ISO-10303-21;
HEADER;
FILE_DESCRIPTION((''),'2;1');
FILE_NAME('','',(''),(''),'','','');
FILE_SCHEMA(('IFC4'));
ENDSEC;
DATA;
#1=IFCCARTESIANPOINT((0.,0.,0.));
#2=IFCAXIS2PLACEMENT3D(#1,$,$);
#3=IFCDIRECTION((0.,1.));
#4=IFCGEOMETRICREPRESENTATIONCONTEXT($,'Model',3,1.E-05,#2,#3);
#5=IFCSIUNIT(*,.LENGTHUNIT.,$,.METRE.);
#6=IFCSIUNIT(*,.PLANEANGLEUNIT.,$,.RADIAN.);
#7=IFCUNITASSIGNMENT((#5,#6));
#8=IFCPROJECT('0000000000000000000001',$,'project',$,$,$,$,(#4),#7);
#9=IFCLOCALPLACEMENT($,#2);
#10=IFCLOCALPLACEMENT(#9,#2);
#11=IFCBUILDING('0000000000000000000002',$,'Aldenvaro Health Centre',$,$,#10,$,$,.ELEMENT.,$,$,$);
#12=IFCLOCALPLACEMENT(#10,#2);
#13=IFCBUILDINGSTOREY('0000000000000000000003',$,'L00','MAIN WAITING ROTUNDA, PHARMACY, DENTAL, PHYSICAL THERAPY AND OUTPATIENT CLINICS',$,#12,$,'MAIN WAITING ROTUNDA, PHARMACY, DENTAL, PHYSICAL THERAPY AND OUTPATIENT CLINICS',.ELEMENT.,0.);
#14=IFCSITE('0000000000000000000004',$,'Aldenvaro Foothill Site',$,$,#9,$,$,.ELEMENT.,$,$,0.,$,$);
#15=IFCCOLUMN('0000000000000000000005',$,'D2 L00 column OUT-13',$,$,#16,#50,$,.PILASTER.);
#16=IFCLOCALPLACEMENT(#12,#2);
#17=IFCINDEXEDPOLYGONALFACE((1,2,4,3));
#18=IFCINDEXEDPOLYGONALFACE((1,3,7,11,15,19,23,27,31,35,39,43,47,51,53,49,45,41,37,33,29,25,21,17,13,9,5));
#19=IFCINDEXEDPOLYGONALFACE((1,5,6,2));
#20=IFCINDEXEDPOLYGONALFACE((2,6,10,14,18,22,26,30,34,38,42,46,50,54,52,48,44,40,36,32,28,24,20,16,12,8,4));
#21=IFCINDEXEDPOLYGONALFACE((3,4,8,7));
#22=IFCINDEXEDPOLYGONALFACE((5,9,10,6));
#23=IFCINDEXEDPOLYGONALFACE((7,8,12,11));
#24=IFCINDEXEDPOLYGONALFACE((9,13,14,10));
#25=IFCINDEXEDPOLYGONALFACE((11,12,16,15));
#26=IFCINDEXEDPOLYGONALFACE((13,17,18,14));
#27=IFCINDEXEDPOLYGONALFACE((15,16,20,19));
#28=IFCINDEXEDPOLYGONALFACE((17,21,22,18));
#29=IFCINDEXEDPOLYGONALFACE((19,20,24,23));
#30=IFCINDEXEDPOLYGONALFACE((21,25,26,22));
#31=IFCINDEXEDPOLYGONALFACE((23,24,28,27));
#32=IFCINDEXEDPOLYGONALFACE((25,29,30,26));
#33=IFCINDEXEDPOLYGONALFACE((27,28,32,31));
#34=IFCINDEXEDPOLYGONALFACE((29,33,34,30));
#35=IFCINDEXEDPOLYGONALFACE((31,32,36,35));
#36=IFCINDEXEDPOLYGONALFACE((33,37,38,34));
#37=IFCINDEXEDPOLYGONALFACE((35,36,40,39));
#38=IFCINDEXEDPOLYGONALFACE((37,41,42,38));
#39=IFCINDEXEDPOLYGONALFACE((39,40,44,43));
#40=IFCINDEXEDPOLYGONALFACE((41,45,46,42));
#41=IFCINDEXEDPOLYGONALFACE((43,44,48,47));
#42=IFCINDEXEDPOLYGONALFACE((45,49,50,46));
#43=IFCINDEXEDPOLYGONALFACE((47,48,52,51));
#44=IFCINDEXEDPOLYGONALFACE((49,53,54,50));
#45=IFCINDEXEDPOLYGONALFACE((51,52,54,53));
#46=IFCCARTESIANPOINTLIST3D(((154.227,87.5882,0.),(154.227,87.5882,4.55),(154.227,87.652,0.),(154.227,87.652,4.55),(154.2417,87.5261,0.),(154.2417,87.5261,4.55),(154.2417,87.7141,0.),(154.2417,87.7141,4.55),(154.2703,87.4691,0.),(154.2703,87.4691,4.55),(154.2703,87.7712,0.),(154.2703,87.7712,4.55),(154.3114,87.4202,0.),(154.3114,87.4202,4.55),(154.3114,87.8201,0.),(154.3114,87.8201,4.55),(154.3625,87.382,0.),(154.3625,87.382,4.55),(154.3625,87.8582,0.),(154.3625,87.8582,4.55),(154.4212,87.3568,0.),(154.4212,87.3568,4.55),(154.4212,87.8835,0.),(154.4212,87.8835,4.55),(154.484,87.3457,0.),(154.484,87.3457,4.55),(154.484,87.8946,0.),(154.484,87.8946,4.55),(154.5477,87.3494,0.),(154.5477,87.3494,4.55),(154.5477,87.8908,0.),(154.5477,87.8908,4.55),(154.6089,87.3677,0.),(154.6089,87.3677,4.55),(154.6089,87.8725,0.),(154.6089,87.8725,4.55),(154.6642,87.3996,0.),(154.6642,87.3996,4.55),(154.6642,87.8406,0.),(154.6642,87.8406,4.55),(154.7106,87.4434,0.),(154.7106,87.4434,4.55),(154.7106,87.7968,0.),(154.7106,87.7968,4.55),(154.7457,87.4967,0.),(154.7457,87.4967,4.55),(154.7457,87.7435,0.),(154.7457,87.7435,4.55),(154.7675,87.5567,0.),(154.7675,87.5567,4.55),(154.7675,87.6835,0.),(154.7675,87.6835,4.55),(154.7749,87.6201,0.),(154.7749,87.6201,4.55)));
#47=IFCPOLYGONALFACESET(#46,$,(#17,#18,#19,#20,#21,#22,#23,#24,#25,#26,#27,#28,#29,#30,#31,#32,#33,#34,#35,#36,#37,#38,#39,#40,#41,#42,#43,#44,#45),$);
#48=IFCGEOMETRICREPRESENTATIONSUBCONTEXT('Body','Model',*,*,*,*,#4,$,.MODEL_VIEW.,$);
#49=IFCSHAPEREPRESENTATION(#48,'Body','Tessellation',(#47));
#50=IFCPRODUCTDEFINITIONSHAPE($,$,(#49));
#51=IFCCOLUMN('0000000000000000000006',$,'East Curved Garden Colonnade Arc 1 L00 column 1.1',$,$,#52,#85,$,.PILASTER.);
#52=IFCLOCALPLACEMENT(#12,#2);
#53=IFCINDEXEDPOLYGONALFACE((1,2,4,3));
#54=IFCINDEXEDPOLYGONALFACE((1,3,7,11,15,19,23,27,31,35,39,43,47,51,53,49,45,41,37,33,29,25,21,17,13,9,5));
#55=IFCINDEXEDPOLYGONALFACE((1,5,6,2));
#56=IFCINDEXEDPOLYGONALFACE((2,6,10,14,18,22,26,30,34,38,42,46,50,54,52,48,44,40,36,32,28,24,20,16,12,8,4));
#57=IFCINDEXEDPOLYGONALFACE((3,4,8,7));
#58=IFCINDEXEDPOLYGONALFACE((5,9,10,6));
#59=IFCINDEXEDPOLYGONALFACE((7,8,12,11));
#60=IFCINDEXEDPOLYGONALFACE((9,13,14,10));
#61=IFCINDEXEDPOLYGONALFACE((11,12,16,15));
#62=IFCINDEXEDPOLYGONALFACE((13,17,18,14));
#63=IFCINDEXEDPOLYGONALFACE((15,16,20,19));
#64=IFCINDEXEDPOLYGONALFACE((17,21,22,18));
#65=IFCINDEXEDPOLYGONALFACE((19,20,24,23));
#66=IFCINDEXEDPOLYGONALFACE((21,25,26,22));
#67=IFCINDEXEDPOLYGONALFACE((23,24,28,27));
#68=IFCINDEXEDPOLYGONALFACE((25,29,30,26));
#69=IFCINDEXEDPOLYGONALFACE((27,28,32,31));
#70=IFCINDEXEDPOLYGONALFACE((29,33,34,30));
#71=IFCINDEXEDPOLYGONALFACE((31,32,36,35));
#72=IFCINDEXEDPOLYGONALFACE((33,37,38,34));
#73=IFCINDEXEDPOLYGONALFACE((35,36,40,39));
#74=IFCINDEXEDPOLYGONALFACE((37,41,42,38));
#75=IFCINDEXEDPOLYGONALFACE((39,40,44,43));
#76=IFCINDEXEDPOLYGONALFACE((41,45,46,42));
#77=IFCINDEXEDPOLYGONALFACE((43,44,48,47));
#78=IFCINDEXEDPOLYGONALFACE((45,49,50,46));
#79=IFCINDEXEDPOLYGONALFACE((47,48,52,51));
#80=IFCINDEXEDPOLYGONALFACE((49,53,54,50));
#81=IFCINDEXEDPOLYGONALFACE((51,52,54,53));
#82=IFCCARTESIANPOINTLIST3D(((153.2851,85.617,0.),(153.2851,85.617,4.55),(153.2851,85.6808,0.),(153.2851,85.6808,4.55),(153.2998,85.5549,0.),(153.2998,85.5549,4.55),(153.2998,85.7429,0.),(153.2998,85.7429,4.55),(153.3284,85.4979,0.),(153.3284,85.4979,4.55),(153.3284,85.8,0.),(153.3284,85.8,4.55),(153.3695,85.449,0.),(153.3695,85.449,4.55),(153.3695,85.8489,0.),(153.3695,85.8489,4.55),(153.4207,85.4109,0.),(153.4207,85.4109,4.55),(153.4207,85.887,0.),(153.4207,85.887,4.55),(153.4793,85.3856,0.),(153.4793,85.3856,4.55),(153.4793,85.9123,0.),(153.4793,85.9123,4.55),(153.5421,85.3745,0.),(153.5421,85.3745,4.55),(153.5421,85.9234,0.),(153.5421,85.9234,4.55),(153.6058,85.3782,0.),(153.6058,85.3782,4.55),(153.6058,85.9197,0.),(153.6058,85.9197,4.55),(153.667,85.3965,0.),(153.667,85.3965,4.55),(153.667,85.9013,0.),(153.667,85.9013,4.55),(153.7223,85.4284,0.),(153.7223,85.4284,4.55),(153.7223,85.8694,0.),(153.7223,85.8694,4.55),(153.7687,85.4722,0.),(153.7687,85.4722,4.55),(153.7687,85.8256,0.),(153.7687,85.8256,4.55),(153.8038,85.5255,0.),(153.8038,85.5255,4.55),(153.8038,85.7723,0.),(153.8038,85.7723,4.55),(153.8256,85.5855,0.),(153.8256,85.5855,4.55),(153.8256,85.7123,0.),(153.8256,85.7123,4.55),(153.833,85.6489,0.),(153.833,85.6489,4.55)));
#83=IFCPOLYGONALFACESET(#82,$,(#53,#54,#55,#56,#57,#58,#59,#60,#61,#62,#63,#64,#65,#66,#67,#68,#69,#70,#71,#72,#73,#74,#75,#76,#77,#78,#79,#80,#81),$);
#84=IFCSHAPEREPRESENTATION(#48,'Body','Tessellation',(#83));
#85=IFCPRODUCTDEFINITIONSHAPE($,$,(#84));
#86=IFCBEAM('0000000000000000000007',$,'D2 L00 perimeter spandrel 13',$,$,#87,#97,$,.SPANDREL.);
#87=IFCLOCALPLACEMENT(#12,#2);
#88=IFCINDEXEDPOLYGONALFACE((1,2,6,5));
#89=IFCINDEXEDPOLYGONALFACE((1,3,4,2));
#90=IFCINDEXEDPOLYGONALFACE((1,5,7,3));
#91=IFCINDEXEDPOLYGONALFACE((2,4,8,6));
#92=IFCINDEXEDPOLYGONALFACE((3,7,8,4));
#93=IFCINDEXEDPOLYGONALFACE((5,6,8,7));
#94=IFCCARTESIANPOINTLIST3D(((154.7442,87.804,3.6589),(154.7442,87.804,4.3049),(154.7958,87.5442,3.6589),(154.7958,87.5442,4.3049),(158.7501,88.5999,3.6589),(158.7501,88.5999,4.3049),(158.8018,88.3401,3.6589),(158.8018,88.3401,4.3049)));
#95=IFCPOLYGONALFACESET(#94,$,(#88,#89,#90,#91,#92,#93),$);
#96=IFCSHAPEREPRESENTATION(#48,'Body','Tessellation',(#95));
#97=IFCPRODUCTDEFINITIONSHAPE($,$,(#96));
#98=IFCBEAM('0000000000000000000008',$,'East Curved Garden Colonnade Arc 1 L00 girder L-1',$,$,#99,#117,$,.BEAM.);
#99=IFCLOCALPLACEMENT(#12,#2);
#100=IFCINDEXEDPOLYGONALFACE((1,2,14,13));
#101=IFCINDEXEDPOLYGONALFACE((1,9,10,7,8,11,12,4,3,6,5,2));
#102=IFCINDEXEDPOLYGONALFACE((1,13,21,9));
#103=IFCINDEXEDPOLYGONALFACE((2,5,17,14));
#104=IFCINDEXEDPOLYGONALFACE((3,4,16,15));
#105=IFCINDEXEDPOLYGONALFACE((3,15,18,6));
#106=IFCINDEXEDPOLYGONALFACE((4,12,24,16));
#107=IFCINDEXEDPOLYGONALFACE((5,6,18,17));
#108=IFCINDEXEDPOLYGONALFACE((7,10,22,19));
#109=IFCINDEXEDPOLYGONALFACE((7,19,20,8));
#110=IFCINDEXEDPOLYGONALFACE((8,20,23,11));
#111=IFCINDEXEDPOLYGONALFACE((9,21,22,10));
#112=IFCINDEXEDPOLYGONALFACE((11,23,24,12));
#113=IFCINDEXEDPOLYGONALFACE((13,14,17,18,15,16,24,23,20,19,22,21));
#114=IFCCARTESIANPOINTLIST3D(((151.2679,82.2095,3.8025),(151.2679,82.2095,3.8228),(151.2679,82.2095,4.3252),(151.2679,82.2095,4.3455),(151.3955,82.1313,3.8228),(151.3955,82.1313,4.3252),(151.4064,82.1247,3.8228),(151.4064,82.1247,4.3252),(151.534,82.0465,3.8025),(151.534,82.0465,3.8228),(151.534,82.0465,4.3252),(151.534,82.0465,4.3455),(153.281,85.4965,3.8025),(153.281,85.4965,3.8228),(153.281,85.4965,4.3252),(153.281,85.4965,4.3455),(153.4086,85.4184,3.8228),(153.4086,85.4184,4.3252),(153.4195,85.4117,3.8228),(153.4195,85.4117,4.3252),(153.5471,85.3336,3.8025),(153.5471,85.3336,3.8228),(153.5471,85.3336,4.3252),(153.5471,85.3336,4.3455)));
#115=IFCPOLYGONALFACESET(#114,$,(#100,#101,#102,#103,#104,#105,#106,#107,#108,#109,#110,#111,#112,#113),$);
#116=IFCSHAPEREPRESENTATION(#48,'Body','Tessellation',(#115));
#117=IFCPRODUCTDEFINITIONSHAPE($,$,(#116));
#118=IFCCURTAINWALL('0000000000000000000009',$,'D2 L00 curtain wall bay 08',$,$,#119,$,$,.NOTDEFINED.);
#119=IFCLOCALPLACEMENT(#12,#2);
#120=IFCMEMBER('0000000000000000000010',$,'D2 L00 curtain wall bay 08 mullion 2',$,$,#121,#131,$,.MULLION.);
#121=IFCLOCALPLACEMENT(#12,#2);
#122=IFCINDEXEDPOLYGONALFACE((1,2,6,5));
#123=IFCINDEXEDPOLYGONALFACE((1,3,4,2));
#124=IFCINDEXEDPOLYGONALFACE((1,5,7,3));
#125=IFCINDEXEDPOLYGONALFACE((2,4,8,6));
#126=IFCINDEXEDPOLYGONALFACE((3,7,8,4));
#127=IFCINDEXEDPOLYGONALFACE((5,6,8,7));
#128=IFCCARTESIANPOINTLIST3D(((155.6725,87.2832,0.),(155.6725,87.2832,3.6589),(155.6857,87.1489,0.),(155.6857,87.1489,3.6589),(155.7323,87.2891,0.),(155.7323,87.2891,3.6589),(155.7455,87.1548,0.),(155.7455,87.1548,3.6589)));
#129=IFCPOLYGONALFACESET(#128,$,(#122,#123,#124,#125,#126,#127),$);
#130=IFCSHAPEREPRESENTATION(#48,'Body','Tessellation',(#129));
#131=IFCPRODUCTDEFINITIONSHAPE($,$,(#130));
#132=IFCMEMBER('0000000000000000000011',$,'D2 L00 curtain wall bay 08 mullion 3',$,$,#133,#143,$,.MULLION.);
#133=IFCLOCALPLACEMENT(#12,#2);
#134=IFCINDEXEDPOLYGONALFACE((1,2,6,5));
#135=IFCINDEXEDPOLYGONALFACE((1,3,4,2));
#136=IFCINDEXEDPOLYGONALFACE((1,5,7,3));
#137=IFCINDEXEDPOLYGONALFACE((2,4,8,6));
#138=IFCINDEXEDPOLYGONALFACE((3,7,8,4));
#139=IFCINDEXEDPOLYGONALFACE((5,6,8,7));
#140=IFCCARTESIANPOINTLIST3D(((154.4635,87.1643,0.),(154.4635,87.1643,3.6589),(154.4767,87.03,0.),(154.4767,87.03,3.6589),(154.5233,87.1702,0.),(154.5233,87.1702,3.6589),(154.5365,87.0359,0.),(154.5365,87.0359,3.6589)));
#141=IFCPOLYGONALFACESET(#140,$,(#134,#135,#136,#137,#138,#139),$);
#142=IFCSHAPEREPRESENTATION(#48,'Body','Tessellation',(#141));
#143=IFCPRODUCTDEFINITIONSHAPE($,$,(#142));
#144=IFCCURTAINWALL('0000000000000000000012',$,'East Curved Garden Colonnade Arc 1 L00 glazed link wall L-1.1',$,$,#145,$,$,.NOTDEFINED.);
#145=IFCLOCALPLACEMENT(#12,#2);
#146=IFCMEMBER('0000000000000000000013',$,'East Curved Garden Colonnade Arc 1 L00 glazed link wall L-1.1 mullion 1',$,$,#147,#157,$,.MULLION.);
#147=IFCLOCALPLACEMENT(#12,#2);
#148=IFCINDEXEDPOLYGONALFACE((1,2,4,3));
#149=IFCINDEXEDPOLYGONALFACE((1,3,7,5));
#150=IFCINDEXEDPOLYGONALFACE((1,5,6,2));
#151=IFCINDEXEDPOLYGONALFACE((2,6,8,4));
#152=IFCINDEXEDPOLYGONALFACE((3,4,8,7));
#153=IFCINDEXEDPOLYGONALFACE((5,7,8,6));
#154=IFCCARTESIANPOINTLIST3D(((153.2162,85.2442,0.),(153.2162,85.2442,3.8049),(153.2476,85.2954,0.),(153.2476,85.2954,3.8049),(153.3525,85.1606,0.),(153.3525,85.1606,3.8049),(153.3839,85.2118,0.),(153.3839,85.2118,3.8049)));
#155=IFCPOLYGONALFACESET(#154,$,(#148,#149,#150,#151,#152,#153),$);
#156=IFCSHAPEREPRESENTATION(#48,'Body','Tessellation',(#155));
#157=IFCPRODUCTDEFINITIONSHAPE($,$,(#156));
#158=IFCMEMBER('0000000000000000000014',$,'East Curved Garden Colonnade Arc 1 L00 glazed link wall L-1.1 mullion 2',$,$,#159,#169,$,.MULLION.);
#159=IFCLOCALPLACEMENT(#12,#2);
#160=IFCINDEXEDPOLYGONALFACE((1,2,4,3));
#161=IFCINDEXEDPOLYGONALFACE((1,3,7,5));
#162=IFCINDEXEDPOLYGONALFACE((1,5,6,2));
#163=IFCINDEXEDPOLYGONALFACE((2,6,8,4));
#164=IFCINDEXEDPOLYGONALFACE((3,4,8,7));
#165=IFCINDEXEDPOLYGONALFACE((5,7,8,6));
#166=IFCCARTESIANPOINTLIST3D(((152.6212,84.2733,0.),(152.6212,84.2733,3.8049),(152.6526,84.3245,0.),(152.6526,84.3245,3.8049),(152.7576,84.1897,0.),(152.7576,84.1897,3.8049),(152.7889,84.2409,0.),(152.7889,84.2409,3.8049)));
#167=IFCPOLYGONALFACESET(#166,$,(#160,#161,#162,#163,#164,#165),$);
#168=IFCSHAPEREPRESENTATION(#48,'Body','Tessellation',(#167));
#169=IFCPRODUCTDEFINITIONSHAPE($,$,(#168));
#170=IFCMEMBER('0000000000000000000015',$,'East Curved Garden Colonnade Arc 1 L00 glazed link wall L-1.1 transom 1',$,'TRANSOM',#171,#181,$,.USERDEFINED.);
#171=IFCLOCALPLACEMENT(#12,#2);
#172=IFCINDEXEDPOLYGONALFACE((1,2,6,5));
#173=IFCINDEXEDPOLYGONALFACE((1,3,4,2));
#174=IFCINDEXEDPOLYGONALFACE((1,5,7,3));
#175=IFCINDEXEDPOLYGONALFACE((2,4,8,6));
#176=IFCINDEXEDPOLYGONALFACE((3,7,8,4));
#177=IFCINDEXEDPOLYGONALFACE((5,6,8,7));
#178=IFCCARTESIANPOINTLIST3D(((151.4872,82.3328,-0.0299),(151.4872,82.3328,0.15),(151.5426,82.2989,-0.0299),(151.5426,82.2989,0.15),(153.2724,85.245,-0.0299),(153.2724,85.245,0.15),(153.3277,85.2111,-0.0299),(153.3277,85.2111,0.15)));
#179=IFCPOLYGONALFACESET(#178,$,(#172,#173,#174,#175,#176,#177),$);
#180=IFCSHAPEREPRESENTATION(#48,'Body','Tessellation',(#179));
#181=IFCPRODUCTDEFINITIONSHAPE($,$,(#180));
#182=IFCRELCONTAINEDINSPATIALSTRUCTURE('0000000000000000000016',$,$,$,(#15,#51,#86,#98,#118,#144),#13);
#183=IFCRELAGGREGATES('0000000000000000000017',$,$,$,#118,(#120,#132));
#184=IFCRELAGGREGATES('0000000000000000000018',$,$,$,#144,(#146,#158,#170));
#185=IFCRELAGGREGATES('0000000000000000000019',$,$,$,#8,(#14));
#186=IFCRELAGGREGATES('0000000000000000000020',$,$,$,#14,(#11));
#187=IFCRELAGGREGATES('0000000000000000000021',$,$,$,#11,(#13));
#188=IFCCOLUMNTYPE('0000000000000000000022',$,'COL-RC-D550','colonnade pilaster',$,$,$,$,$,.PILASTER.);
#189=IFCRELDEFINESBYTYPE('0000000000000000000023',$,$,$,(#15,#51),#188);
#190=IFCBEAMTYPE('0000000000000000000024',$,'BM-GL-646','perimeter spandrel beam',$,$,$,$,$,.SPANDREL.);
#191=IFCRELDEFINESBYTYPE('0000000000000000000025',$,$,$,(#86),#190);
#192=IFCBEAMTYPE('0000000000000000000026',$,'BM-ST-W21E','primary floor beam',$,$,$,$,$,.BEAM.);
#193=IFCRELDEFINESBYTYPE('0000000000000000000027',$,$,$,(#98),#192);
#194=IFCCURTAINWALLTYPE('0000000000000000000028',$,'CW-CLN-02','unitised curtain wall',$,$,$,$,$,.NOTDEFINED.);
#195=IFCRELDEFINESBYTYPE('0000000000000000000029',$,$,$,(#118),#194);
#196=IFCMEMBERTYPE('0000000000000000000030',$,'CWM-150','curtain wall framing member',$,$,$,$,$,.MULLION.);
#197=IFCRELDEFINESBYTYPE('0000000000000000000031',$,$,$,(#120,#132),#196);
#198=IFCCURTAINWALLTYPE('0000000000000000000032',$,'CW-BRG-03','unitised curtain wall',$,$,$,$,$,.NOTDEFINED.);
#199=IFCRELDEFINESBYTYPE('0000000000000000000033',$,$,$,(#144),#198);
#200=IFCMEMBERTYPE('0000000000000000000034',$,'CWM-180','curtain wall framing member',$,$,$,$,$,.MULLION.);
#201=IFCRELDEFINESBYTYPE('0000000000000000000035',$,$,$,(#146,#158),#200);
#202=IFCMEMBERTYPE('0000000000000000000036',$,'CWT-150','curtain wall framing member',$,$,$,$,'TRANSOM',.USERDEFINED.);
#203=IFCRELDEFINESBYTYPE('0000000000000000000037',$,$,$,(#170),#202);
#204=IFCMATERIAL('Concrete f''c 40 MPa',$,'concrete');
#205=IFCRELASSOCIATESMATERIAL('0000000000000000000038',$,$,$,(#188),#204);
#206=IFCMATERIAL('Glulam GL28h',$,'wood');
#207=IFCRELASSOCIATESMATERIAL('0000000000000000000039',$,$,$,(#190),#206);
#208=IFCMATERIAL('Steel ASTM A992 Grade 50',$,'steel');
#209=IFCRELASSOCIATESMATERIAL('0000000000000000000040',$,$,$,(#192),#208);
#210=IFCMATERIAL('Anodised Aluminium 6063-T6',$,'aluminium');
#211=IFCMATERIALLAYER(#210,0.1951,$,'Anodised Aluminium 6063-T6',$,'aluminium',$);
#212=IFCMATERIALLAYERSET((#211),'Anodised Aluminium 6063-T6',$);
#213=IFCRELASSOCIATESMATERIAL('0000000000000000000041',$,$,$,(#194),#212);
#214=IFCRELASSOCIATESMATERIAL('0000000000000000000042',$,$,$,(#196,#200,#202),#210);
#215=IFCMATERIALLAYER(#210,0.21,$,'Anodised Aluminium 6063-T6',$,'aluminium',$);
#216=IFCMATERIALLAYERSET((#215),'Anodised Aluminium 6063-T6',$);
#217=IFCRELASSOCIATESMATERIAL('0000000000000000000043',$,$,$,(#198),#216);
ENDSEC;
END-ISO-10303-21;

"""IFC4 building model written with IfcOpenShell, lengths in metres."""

from ifc_helpers import new_model, si_unit, direction, frame, origin, origin_2d, place, context, subcontext, project, spatial, rectangle, circle, i_section, extrude, material, layer, layer_set, material_profile, profile_set, type_object, element, aggregate, save


model = new_model("IFC4")

# Units and contexts
model_context = context("Model", 3, precision=1e-05, world=origin(), true_north=direction((0.0, 1.0)))
body_context = subcontext(model_context, "Body", "Model", "MODEL_VIEW")
ifc_project = project(units=[si_unit("LENGTHUNIT", "METRE"), si_unit("PLANEANGLEUNIT", "RADIAN")], contexts=[model_context])

# Site, building, storey
site_placement = place(None, origin())
site = spatial("IfcSite", under=ifc_project, at=site_placement, Name="Aldenvaro Foothill Site", CompositionType="ELEMENT", RefElevation=0.0)
building_placement = place(site_placement, origin())
building = spatial("IfcBuilding", under=site, at=building_placement, Name="Aldenvaro Health Centre", CompositionType="ELEMENT")
storey_placement = place(building_placement, origin())
storey = spatial("IfcBuildingStorey", under=building, at=storey_placement, Name="L00", Description="MAIN WAITING ROTUNDA, PHARMACY, DENTAL, PHYSICAL THERAPY AND OUTPATIENT CLINICS", LongName="MAIN WAITING ROTUNDA, PHARMACY, DENTAL, PHYSICAL THERAPY AND OUTPATIENT CLINICS", CompositionType="ELEMENT", Elevation=0.0)

# Columns
ifc_material_1 = material(Name="Concrete f'c 40 MPa", Category="concrete")
ifc_material_profile_1 = material_profile(ifc_material_1, circle(Radius=0.2749, at=origin_2d()), Name="RC D550", Category="concrete")
ifc_profile_set_1 = profile_set([ifc_material_profile_1], Name="Concrete f'c 40 MPa")
column_type = type_object("IfcColumnType", Name="COL-RC-D550", Description="colonnade pilaster", PredefinedType="PILASTER", material=ifc_profile_set_1)
for number, where, z_axis, x_axis, name in (
    (1, (154.5, 87.6201, 0.0), (0.0, 0.0, 1.0), (1.0, 0.0, 0.0), "D2 L00 column OUT-13"),
    (2, (153.5581, 85.6489, 0.0), (0.0, 0.0, 1.0), (1.0, 0.0, 0.0), "East Curved Garden Colonnade Arc 1 L00 column 1.1"),
):
    element("IfcColumn", number, at=place(storey_placement, frame(where, z_axis=z_axis, x_axis=x_axis)), inside=storey, type_object=column_type, Name=name, PredefinedType="PILASTER", context=body_context, shape_type="SweptSolid", body=[
        extrude(circle(Radius=0.2749, at=origin_2d()), origin(), (0.0, 0.0, 1.0), 4.55),
    ])

# Beams
ifc_material_2 = material(Name="Glulam GL28h", Category="wood")
ifc_material_profile_2 = material_profile(ifc_material_2, rectangle(XDim=0.2649, YDim=0.646, at=origin_2d()), Name="GL 265x646", Category="wood")
ifc_profile_set_2 = profile_set([ifc_material_profile_2], Name="Glulam GL28h")
beam_type_1 = type_object("IfcBeamType", Name="BM-GL-646", Description="perimeter spandrel beam", PredefinedType="SPANDREL", material=ifc_profile_set_2)
beam_1_placement = place(storey_placement, frame((154.77, 87.6741, 3.9819), z_axis=(0.980828, 0.194874, 0.0), x_axis=(-0.194874, 0.980828, 0.0)))
element("IfcBeam", 3, at=beam_1_placement, inside=storey, type_object=beam_type_1, Name="D2 L00 perimeter spandrel 13", PredefinedType="SPANDREL", context=body_context, shape_type="SweptSolid", body=[
    extrude(rectangle(XDim=0.2649, YDim=0.646, at=origin_2d()), origin(), (0.0, 0.0, 1.0), 4.0842),
])
ifc_material_3 = material(Name="Steel ASTM A992 Grade 50", Category="steel")
ifc_material_profile_3 = material_profile(ifc_material_3, i_section(OverallWidth=0.312, OverallDepth=0.543, WebThickness=0.0127, FlangeThickness=0.0203, at=origin_2d()), Name="W21X101", Category="steel")
ifc_profile_set_3 = profile_set([ifc_material_profile_3], Name="Steel ASTM A992 Grade 50")
beam_type_2 = type_object("IfcBeamType", Name="BM-ST-W21E", Description="primary floor beam", PredefinedType="BEAM", material=ifc_profile_set_3)
beam_2_placement = place(storey_placement, frame((153.4141, 85.415, 4.074), z_axis=(-0.52228, -0.852774, 0.0), x_axis=(0.852774, -0.52228, 0.0)))
element("IfcBeam", 4, at=beam_2_placement, inside=storey, type_object=beam_type_2, Name="East Curved Garden Colonnade Arc 1 L00 girder L-1", PredefinedType="BEAM", context=body_context, shape_type="SweptSolid", body=[
    extrude(i_section(OverallWidth=0.312, OverallDepth=0.543, WebThickness=0.0127, FlangeThickness=0.0203, at=origin_2d()), origin(), (0.0, 0.0, 1.0), 3.8545),
])

# Curtain walls, members
ifc_material_4 = material(Name="Anodised Aluminium 6063-T6", Category="aluminium")
ifc_layer_1 = layer(ifc_material_4, 0.1951, Name="Anodised Aluminium 6063-T6", Category="aluminium")
ifc_layer_set_1 = layer_set([ifc_layer_1], Name="Anodised Aluminium 6063-T6")
curtain_wall_type_1 = type_object("IfcCurtainWallType", Name="CW-CLN-02", Description="unitised curtain wall", PredefinedType="NOTDEFINED", material=ifc_layer_set_1)
curtain_wall_1_placement = place(storey_placement, origin())
curtain_wall_1 = element("IfcCurtainWall", 5, at=curtain_wall_1_placement, inside=storey, type_object=curtain_wall_type_1, Name="D2 L00 curtain wall bay 08", PredefinedType="NOTDEFINED")
ifc_material_profile_4 = material_profile(ifc_material_4, rectangle(XDim=0.0601, YDim=0.135, at=origin_2d()), Name="ALU 60x135", Category="aluminium")
ifc_profile_set_4 = profile_set([ifc_material_profile_4], Name="Anodised Aluminium 6063-T6")
member_type_1 = type_object("IfcMemberType", Name="CWM-150", Description="curtain wall framing member", PredefinedType="MULLION", material=ifc_profile_set_4)
member_1_placement = place(storey_placement, frame((155.709, 87.219, 0.0), z_axis=(0.0, 0.0, 1.0), x_axis=(-0.995195, -0.097915, 0.0)))
member_1 = element("IfcMember", 6, at=member_1_placement, type_object=member_type_1, Name="D2 L00 curtain wall bay 08 mullion 2", PredefinedType="MULLION", context=body_context, shape_type="SweptSolid", body=[
    extrude(rectangle(XDim=0.0601, YDim=0.135, at=origin_2d()), origin(), (0.0, 0.0, 1.0), 3.6589),
])
member_2_placement = place(storey_placement, frame((154.5, 87.1001, 0.0), z_axis=(0.0, 0.0, 1.0), x_axis=(-0.995195, -0.097915, 0.0)))
member_2 = element("IfcMember", 7, at=member_2_placement, type_object=member_type_1, Name="D2 L00 curtain wall bay 08 mullion 3", PredefinedType="MULLION", context=body_context, shape_type="SweptSolid", body=[
    extrude(rectangle(XDim=0.0601, YDim=0.135, at=origin_2d()), origin(), (0.0, 0.0, 1.0), 3.6589),
])
ifc_layer_2 = layer(ifc_material_4, 0.21, Name="Anodised Aluminium 6063-T6", Category="aluminium")
ifc_layer_set_2 = layer_set([ifc_layer_2], Name="Anodised Aluminium 6063-T6")
curtain_wall_type_2 = type_object("IfcCurtainWallType", Name="CW-BRG-03", Description="unitised curtain wall", PredefinedType="NOTDEFINED", material=ifc_layer_set_2)
curtain_wall_2_placement = place(storey_placement, origin())
curtain_wall_2 = element("IfcCurtainWall", 8, at=curtain_wall_2_placement, inside=storey, type_object=curtain_wall_type_2, Name="East Curved Garden Colonnade Arc 1 L00 glazed link wall L-1.1", PredefinedType="NOTDEFINED")
ifc_material_profile_5 = material_profile(ifc_material_4, rectangle(XDim=0.0601, YDim=0.1599, at=origin_2d()), Name="ALU 60x160", Category="aluminium")
ifc_profile_set_5 = profile_set([ifc_material_profile_5], Name="Anodised Aluminium 6063-T6")
member_type_2 = type_object("IfcMemberType", Name="CWM-180", Description="curtain wall framing member", PredefinedType="MULLION", material=ifc_profile_set_5)
member_3_placement = place(storey_placement, frame((153.3, 85.228, 0.0), z_axis=(0.0, 0.0, 1.0), x_axis=(-0.52261, -0.852572, 0.0)))
member_3 = element("IfcMember", 9, at=member_3_placement, type_object=member_type_2, Name="East Curved Garden Colonnade Arc 1 L00 glazed link wall L-1.1 mullion 1", PredefinedType="MULLION", context=body_context, shape_type="SweptSolid", body=[
    extrude(rectangle(XDim=0.0601, YDim=0.1599, at=origin_2d()), origin(), (0.0, 0.0, 1.0), 3.8049),
])
member_4_placement = place(storey_placement, frame((152.7051, 84.2571, 0.0), z_axis=(0.0, 0.0, 1.0), x_axis=(-0.52261, -0.852572, 0.0)))
member_4 = element("IfcMember", 10, at=member_4_placement, type_object=member_type_2, Name="East Curved Garden Colonnade Arc 1 L00 glazed link wall L-1.1 mullion 2", PredefinedType="MULLION", context=body_context, shape_type="SweptSolid", body=[
    extrude(rectangle(XDim=0.0601, YDim=0.1599, at=origin_2d()), origin(), (0.0, 0.0, 1.0), 3.8049),
])
ifc_material_profile_6 = material_profile(ifc_material_4, rectangle(XDim=0.0649, YDim=0.1799, at=origin_2d()), Name="ALU 65x180", Category="aluminium")
ifc_profile_set_6 = profile_set([ifc_material_profile_6], Name="Anodised Aluminium 6063-T6")
member_type_3 = type_object("IfcMemberType", Name="CWT-150", Description="curtain wall framing member", ElementType="TRANSOM", PredefinedType="USERDEFINED", material=ifc_profile_set_6)
member_5_placement = place(storey_placement, frame((153.3, 85.228, 0.0601), z_axis=(-0.522629, -0.85256, 0.0), x_axis=(0.85256, -0.522629, 0.0)))
member_5 = element("IfcMember", 11, at=member_5_placement, type_object=member_type_3, Name="East Curved Garden Colonnade Arc 1 L00 glazed link wall L-1.1 transom 1", ObjectType="TRANSOM", PredefinedType="USERDEFINED", context=body_context, shape_type="SweptSolid", body=[
    extrude(rectangle(XDim=0.0649, YDim=0.1799, at=origin_2d()), origin(), (0.0, 0.0, 1.0), 3.4158),
])

aggregate(curtain_wall_1, [member_1, member_2])
aggregate(curtain_wall_2, [member_3, member_4, member_5])

save(model, "model.ifc")
